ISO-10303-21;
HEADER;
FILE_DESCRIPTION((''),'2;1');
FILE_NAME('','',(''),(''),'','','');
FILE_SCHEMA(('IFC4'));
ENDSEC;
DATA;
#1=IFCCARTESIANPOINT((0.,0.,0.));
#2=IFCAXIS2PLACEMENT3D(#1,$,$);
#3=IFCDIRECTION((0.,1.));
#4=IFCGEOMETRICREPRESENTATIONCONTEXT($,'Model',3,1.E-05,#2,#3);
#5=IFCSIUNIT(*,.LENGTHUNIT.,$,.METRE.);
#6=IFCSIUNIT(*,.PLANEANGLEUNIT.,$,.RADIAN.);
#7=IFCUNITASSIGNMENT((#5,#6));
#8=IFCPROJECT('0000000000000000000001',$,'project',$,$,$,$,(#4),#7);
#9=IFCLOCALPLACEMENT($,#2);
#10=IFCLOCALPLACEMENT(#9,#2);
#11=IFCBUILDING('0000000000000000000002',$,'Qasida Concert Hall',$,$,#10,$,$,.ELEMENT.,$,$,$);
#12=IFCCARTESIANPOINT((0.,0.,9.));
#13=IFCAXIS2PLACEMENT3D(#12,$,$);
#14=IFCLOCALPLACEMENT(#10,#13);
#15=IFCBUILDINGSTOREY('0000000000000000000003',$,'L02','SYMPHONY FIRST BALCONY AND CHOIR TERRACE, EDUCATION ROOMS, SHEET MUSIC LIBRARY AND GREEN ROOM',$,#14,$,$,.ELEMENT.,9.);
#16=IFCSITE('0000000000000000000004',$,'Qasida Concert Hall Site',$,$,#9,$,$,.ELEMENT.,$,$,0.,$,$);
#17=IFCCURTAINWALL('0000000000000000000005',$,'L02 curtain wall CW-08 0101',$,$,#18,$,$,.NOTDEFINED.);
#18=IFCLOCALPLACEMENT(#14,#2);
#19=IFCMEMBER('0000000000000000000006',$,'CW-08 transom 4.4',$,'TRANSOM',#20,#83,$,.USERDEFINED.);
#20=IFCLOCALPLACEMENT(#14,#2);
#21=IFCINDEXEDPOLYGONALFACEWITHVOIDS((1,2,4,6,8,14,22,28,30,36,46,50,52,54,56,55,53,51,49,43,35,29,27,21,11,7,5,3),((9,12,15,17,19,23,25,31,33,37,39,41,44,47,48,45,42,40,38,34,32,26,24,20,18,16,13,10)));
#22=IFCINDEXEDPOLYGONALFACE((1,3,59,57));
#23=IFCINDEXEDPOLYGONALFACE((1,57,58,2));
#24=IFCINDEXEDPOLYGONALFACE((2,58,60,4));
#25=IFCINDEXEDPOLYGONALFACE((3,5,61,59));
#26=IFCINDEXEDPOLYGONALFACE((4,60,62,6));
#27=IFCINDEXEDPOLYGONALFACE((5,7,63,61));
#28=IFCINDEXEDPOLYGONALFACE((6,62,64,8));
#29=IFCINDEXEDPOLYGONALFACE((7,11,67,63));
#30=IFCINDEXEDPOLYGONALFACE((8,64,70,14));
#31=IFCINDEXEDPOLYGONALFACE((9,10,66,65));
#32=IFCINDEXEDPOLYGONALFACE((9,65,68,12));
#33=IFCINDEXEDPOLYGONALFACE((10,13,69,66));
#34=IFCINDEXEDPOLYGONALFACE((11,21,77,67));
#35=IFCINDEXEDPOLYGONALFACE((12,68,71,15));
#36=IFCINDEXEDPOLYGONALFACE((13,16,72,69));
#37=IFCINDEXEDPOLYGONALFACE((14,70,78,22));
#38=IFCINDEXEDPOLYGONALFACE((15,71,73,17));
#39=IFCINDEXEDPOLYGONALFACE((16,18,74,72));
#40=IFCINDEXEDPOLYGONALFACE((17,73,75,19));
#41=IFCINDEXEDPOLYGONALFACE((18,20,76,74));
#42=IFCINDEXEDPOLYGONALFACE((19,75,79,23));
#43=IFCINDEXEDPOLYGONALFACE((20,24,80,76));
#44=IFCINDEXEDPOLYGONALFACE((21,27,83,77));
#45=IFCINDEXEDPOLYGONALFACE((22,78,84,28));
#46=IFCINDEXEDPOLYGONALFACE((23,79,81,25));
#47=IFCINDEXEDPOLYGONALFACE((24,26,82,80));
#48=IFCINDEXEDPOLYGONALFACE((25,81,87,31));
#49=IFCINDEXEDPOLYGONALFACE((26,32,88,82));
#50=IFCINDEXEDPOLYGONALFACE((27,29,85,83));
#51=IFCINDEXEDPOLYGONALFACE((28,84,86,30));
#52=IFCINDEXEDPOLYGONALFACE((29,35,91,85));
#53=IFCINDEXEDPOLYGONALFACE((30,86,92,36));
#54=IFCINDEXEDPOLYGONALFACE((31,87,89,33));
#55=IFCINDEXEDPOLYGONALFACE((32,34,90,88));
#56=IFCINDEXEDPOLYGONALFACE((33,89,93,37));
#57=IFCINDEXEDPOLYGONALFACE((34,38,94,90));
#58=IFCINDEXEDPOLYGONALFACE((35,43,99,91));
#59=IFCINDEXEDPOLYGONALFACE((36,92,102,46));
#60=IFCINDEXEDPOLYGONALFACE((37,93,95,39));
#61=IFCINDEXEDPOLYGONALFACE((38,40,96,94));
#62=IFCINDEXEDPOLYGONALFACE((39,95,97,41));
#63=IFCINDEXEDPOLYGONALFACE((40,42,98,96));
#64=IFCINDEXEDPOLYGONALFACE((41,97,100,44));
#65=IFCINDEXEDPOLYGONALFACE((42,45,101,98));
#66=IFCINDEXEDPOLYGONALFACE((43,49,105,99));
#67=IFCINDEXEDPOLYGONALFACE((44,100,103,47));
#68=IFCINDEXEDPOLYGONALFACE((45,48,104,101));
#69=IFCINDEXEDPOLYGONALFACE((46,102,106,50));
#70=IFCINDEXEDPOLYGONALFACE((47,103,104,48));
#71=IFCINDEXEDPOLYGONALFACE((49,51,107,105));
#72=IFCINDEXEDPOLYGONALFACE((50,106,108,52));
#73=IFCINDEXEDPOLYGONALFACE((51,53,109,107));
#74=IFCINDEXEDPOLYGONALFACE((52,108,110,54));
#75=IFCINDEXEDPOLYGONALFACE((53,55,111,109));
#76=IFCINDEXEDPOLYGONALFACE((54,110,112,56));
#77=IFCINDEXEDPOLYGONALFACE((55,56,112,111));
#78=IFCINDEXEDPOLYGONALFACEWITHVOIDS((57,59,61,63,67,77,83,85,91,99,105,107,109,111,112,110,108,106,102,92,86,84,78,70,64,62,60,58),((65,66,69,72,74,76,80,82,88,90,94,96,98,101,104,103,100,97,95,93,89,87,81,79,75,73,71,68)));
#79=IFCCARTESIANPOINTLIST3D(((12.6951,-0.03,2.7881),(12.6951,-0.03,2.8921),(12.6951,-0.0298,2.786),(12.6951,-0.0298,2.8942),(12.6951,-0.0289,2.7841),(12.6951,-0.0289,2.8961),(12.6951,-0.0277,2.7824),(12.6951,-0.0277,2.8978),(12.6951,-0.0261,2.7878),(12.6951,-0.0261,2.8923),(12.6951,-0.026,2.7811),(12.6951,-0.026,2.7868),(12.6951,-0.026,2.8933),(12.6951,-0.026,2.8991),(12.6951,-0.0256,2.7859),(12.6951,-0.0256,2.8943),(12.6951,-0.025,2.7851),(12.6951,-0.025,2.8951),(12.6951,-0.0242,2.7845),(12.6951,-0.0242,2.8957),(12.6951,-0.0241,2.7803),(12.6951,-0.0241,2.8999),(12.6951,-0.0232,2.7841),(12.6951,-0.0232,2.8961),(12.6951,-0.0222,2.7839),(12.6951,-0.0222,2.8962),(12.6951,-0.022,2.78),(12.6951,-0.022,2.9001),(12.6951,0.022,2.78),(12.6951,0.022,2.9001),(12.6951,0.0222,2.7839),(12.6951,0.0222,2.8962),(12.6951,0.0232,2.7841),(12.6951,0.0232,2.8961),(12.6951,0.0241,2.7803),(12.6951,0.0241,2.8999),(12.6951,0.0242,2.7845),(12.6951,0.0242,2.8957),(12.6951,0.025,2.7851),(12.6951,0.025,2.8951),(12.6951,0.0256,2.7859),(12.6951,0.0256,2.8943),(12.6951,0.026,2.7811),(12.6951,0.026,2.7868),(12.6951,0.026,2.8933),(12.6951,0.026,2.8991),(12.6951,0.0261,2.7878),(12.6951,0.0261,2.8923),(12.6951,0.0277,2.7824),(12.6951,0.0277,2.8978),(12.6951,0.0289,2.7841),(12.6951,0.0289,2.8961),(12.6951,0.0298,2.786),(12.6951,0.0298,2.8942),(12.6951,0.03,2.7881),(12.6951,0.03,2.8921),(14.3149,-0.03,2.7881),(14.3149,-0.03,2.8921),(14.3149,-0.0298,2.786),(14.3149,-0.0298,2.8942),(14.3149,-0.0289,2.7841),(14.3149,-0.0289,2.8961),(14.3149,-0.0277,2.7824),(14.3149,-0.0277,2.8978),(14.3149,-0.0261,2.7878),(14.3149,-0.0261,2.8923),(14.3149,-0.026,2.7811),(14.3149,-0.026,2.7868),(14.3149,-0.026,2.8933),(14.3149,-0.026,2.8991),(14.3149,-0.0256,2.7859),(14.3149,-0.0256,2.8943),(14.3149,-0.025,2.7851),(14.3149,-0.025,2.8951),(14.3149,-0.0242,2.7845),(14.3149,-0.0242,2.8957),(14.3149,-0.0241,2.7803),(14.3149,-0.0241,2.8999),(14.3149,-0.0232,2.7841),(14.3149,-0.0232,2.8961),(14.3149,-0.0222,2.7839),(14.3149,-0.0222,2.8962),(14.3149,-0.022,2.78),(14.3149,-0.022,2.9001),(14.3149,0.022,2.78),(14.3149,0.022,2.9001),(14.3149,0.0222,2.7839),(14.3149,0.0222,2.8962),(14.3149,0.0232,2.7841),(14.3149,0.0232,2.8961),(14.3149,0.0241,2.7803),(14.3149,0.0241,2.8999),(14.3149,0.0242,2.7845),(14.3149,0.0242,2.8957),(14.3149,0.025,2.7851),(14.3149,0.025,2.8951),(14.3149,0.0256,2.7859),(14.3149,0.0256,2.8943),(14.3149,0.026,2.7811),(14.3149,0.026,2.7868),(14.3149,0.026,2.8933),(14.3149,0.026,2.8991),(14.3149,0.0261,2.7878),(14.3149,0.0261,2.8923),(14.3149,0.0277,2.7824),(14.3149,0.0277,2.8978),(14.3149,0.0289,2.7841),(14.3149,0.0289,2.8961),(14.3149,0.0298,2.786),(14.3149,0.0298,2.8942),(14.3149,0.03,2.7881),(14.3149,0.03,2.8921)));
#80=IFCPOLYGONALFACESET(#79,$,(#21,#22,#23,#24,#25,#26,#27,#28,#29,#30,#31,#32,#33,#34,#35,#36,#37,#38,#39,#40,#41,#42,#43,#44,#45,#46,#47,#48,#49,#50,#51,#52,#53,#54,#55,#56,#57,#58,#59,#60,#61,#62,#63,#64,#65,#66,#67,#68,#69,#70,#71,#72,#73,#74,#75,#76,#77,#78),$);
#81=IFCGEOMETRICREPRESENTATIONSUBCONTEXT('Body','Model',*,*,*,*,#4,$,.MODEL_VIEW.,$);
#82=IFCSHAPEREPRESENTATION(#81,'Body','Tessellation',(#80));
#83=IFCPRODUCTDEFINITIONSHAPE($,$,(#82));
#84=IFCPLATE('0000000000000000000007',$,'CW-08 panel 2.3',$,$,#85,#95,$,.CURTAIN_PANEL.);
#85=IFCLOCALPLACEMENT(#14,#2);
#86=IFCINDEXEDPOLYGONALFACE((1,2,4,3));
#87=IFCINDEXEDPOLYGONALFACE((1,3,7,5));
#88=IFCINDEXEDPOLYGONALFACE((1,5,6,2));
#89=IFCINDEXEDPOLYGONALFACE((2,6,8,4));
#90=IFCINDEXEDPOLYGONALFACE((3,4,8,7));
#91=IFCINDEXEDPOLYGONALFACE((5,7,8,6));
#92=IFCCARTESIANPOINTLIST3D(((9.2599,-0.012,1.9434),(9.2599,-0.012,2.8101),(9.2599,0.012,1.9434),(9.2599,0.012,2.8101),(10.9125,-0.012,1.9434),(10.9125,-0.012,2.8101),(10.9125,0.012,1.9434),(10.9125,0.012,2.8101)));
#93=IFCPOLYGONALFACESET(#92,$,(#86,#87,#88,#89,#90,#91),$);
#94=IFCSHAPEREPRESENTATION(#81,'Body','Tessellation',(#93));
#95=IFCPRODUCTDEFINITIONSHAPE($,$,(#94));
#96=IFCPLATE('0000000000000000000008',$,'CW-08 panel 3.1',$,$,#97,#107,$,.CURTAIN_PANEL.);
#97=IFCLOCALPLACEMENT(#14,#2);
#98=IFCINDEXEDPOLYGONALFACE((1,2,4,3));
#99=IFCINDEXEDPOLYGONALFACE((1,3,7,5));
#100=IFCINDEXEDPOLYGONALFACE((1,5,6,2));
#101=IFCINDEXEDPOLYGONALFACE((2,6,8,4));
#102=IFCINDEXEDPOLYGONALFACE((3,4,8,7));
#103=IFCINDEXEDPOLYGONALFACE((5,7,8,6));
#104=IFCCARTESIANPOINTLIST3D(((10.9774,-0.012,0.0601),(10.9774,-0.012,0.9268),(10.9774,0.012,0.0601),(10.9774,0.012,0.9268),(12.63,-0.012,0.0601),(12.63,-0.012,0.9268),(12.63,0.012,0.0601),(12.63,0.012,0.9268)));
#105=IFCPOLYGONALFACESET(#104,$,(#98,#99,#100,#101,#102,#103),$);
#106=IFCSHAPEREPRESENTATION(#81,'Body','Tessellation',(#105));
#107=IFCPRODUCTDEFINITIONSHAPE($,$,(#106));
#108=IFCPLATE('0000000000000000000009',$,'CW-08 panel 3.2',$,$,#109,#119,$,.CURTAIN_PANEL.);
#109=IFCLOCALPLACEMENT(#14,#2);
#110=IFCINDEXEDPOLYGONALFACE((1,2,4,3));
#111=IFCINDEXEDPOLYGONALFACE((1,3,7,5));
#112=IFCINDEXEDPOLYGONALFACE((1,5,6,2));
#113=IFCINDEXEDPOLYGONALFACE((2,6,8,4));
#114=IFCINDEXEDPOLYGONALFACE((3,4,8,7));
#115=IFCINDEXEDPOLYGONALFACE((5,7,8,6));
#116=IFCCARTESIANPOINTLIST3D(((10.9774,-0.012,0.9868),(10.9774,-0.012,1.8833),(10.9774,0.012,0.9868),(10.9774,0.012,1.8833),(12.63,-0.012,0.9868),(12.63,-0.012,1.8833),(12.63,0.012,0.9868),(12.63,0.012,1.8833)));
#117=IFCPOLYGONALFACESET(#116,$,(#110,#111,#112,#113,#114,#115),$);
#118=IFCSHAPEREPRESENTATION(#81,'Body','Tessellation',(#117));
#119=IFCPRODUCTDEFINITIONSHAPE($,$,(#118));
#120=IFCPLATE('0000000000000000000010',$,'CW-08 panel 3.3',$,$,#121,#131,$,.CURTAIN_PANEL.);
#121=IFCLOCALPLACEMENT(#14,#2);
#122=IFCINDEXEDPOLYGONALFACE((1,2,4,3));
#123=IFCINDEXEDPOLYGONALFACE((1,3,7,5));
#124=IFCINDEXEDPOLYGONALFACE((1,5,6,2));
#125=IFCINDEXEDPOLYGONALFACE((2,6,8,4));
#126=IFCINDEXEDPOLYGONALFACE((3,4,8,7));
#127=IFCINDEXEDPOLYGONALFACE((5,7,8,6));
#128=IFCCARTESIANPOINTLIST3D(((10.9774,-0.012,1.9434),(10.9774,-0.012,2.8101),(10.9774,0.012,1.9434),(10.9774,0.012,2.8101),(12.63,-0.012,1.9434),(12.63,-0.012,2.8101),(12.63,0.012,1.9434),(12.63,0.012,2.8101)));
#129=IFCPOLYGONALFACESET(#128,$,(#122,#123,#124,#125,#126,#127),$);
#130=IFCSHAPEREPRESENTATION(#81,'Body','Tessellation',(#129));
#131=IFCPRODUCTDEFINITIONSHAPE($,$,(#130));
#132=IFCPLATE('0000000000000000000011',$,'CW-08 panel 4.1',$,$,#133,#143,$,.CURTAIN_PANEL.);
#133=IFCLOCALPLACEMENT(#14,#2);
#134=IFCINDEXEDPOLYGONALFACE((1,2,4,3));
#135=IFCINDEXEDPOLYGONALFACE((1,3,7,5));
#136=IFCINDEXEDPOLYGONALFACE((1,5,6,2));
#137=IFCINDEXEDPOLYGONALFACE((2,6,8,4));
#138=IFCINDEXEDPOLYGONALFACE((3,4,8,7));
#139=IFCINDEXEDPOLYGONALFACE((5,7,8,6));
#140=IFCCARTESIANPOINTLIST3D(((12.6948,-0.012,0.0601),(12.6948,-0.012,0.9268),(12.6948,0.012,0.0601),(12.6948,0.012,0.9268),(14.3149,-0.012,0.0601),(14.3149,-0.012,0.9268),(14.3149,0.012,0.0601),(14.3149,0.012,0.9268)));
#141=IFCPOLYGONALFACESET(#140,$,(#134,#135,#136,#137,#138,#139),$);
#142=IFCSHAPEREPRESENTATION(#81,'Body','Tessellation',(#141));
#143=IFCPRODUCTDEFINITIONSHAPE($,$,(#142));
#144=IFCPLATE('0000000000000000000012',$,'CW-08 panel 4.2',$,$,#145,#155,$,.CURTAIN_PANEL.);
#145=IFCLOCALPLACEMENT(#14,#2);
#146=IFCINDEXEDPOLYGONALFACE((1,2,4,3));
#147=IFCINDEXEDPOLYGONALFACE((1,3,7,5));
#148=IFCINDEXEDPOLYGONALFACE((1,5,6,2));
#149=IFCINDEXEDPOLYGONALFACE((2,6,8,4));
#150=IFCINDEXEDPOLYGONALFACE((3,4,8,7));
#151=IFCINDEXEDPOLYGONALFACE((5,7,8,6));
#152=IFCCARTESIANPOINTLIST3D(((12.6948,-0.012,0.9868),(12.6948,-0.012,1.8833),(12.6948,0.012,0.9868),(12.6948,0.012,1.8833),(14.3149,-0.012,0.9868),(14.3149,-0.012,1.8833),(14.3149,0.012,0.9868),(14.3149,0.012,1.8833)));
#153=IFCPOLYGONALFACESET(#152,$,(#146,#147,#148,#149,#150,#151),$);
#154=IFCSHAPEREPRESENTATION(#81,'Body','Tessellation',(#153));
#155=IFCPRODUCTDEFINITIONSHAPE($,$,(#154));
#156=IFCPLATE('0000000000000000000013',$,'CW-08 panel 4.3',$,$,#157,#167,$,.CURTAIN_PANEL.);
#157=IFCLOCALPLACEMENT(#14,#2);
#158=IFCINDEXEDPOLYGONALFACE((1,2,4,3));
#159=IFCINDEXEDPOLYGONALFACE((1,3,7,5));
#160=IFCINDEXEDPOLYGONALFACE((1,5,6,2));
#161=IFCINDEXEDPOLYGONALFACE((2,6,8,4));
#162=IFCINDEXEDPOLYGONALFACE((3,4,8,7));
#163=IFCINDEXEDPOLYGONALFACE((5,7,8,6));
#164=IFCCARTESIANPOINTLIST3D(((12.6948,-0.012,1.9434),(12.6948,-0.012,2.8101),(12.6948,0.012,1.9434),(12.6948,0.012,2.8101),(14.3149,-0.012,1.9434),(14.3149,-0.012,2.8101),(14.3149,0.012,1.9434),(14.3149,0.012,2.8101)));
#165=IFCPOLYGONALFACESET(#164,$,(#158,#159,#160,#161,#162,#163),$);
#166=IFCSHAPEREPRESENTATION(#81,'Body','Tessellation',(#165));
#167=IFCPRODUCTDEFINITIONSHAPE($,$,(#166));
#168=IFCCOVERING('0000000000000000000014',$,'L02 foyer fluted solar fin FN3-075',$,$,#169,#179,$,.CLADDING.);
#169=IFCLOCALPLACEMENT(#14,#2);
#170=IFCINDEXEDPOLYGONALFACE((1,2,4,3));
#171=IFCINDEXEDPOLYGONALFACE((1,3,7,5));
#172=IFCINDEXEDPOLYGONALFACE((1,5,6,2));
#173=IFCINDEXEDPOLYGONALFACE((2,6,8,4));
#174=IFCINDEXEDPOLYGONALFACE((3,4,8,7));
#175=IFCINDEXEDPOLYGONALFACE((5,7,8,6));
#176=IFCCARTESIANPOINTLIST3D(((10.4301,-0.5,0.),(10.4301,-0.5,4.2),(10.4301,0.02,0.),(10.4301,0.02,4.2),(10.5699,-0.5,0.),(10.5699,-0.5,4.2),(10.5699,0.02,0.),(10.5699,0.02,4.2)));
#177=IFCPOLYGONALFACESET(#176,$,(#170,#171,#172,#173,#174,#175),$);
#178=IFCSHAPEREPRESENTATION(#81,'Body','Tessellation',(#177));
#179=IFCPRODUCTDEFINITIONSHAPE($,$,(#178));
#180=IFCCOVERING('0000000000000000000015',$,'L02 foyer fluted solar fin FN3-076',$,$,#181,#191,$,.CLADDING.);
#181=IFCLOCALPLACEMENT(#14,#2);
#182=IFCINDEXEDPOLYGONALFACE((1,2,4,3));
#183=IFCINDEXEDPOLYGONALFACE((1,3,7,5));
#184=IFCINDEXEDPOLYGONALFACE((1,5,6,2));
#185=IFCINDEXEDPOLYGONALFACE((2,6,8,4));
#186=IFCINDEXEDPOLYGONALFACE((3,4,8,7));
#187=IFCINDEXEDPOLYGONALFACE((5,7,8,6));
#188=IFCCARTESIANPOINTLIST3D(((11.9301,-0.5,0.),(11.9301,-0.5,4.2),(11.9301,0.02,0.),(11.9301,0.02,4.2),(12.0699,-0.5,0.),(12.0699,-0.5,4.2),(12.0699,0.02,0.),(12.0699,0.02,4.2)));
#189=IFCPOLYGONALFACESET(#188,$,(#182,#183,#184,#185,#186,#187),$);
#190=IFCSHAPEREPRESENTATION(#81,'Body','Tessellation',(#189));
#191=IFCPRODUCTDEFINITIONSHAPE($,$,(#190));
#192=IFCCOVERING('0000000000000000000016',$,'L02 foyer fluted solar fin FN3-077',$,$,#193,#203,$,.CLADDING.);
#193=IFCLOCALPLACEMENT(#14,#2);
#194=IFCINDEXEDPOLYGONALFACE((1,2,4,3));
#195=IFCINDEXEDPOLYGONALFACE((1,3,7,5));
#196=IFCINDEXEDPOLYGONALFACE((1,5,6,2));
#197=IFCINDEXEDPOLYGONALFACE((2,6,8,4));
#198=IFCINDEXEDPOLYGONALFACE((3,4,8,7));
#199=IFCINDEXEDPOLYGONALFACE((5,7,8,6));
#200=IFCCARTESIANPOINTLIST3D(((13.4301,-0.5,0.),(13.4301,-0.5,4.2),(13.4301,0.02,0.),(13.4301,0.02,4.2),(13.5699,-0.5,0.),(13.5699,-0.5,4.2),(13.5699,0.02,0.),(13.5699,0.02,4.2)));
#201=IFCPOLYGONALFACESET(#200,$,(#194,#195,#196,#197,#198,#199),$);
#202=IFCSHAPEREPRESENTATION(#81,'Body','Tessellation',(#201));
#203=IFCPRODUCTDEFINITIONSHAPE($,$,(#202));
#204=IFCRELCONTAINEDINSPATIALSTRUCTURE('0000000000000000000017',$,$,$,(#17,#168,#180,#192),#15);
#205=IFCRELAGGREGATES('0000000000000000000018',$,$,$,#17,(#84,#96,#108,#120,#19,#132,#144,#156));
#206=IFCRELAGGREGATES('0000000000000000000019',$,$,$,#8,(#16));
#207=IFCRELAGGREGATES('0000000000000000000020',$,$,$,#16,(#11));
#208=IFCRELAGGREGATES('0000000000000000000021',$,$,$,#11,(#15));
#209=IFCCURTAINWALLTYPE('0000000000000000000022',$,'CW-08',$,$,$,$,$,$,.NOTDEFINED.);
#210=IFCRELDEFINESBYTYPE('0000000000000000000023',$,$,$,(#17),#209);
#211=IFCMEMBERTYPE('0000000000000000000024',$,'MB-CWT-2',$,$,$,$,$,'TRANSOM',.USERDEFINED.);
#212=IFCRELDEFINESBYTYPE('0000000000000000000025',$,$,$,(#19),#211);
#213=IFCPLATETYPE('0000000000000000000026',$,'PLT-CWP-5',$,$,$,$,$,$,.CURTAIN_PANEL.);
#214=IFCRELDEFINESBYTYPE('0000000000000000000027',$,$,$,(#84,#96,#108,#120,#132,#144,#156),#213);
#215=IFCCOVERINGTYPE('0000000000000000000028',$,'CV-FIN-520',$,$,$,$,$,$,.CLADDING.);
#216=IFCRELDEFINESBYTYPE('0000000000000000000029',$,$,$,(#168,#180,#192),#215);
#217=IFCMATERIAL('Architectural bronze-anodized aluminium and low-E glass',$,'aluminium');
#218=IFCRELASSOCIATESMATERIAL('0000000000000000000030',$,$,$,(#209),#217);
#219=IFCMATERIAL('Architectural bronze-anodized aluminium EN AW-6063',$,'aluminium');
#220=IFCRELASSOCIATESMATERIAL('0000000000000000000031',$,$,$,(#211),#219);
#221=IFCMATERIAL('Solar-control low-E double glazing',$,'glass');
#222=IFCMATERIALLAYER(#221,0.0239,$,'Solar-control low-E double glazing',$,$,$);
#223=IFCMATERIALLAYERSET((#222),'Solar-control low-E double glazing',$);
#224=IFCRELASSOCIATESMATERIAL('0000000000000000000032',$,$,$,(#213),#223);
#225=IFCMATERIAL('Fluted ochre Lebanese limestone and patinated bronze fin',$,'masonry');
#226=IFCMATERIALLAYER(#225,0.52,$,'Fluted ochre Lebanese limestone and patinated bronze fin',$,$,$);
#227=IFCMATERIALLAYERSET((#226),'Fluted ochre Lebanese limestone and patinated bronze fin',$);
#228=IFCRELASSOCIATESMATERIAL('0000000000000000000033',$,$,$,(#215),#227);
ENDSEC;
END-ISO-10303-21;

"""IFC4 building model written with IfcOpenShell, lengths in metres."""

from ifc_helpers import new_model, si_unit, direction, frame, origin, origin_2d, place, context, subcontext, project, spatial, rectangle, hollow_rectangle, extrude, material, layer, layer_set, material_profile, profile_set, type_object, element, aggregate, save


model = new_model("IFC4")

# Units and contexts
model_context = context("Model", 3, precision=1e-05, world=origin(), true_north=direction((0.0, 1.0)))
body_context = subcontext(model_context, "Body", "Model", "MODEL_VIEW")
ifc_project = project(units=[si_unit("LENGTHUNIT", "METRE"), si_unit("PLANEANGLEUNIT", "RADIAN")], contexts=[model_context])

# Site, building, storey
site_placement = place(None, origin())
site = spatial("IfcSite", under=ifc_project, at=site_placement, Name="Qasida Concert Hall Site", CompositionType="ELEMENT", RefElevation=0.0)
building_placement = place(site_placement, origin())
building = spatial("IfcBuilding", under=site, at=building_placement, Name="Qasida Concert Hall", CompositionType="ELEMENT")
storey_placement = place(building_placement, frame((0.0, 0.0, 9.0)))
storey = spatial("IfcBuildingStorey", under=building, at=storey_placement, Name="L02", Description="SYMPHONY FIRST BALCONY AND CHOIR TERRACE, EDUCATION ROOMS, SHEET MUSIC LIBRARY AND GREEN ROOM", CompositionType="ELEMENT", Elevation=9.0)

# Curtain wall, member, plates
ifc_material_1 = material(Name="Architectural bronze-anodized aluminium and low-E glass", Category="aluminium")
curtain_wall_type = type_object("IfcCurtainWallType", Name="CW-08", PredefinedType="NOTDEFINED", material=ifc_material_1)
curtain_wall_placement = place(storey_placement, origin())
curtain_wall = element("IfcCurtainWall", 1, at=curtain_wall_placement, inside=storey, type_object=curtain_wall_type, Name="L02 curtain wall CW-08 0101", PredefinedType="NOTDEFINED")
ifc_material_2 = material(Name="Architectural bronze-anodized aluminium EN AW-6063", Category="aluminium")
ifc_material_profile_1 = material_profile(ifc_material_2, hollow_rectangle(XDim=0.0601, YDim=0.1201, WallThickness=0.0039, InnerFilletRadius=0.0039, OuterFilletRadius=0.0081, at=origin_2d()), Name="CWT 120x60x4")
ifc_profile_set_1 = profile_set([ifc_material_profile_1], Name="Architectural bronze-anodized aluminium EN AW-6063")
member_type_1 = type_object("IfcMemberType", Name="MB-CWT-2", ElementType="TRANSOM", PredefinedType="USERDEFINED", material=ifc_profile_set_1)
member_1_placement = place(storey_placement, frame((12.6951, 0.0, 2.8401), z_axis=(1.0, 0.0, 0.0), x_axis=(0.0, 1.0, 0.0)))
member_1 = element("IfcMember", 2, at=member_1_placement, type_object=member_type_1, Name="CW-08 transom 4.4", ObjectType="TRANSOM", PredefinedType="USERDEFINED", context=body_context, shape_type="SweptSolid", body=[
    extrude(hollow_rectangle(XDim=0.0601, YDim=0.1201, WallThickness=0.0039, InnerFilletRadius=0.0039, OuterFilletRadius=0.0081, at=origin_2d()), origin(), (0.0, 0.0, 1.0), 1.6199),
])
ifc_material_3 = material(Name="Solar-control low-E double glazing", Category="glass")
ifc_layer_1 = layer(ifc_material_3, 0.0239, Name="Solar-control low-E double glazing")
ifc_layer_set_1 = layer_set([ifc_layer_1], Name="Solar-control low-E double glazing")
plate_type = type_object("IfcPlateType", Name="PLT-CWP-5", PredefinedType="CURTAIN_PANEL", material=ifc_layer_set_1)
plate_1_placement = place(storey_placement, frame((10.0862, 0.0, 1.9434), z_axis=(0.0, 0.0, 1.0), x_axis=(1.0, 0.0, 0.0)))
plate_1 = element("IfcPlate", 3, at=plate_1_placement, type_object=plate_type, Name="CW-08 panel 2.3", PredefinedType="CURTAIN_PANEL", context=body_context, shape_type="SweptSolid", body=[
    extrude(rectangle(XDim=1.6526, YDim=0.0239, at=origin_2d()), origin(), (0.0, 0.0, 1.0), 0.8667),
])
plate_2_placement = place(storey_placement, frame((11.8037, 0.0, 0.0601), z_axis=(0.0, 0.0, 1.0), x_axis=(1.0, 0.0, 0.0)))
plate_2 = element("IfcPlate", 4, at=plate_2_placement, type_object=plate_type, Name="CW-08 panel 3.1", PredefinedType="CURTAIN_PANEL", context=body_context, shape_type="SweptSolid", body=[
    extrude(rectangle(XDim=1.6526, YDim=0.0239, at=origin_2d()), origin(), (0.0, 0.0, 1.0), 0.8667),
])
plate_3_placement = place(storey_placement, frame((11.8037, 0.0, 0.9868), z_axis=(0.0, 0.0, 1.0), x_axis=(1.0, 0.0, 0.0)))
plate_3 = element("IfcPlate", 5, at=plate_3_placement, type_object=plate_type, Name="CW-08 panel 3.2", PredefinedType="CURTAIN_PANEL", context=body_context, shape_type="SweptSolid", body=[
    extrude(rectangle(XDim=1.6526, YDim=0.0239, at=origin_2d()), origin(), (0.0, 0.0, 1.0), 0.8965),
])
plate_4_placement = place(storey_placement, frame((11.8037, 0.0, 1.9434), z_axis=(0.0, 0.0, 1.0), x_axis=(1.0, 0.0, 0.0)))
plate_4 = element("IfcPlate", 6, at=plate_4_placement, type_object=plate_type, Name="CW-08 panel 3.3", PredefinedType="CURTAIN_PANEL", context=body_context, shape_type="SweptSolid", body=[
    extrude(rectangle(XDim=1.6526, YDim=0.0239, at=origin_2d()), origin(), (0.0, 0.0, 1.0), 0.8667),
])
plate_5_placement = place(storey_placement, frame((13.5049, 0.0, 0.0601), z_axis=(0.0, 0.0, 1.0), x_axis=(1.0, 0.0, 0.0)))
plate_5 = element("IfcPlate", 7, at=plate_5_placement, type_object=plate_type, Name="CW-08 panel 4.1", PredefinedType="CURTAIN_PANEL", context=body_context, shape_type="SweptSolid", body=[
    extrude(rectangle(XDim=1.6201, YDim=0.0239, at=origin_2d()), origin(), (0.0, 0.0, 1.0), 0.8667),
])
plate_6_placement = place(storey_placement, frame((13.5049, 0.0, 0.9868), z_axis=(0.0, 0.0, 1.0), x_axis=(1.0, 0.0, 0.0)))
plate_6 = element("IfcPlate", 8, at=plate_6_placement, type_object=plate_type, Name="CW-08 panel 4.2", PredefinedType="CURTAIN_PANEL", context=body_context, shape_type="SweptSolid", body=[
    extrude(rectangle(XDim=1.6201, YDim=0.0239, at=origin_2d()), origin(), (0.0, 0.0, 1.0), 0.8965),
])
plate_7_placement = place(storey_placement, frame((13.5049, 0.0, 1.9434), z_axis=(0.0, 0.0, 1.0), x_axis=(1.0, 0.0, 0.0)))
plate_7 = element("IfcPlate", 9, at=plate_7_placement, type_object=plate_type, Name="CW-08 panel 4.3", PredefinedType="CURTAIN_PANEL", context=body_context, shape_type="SweptSolid", body=[
    extrude(rectangle(XDim=1.6201, YDim=0.0239, at=origin_2d()), origin(), (0.0, 0.0, 1.0), 0.8667),
])
aggregate(curtain_wall, [plate_1, plate_2, plate_3, plate_4, member_1, plate_5, plate_6, plate_7])

# Coverings
ifc_material_4 = material(Name="Fluted ochre Lebanese limestone and patinated bronze fin", Category="masonry")
ifc_layer_2 = layer(ifc_material_4, 0.52, Name="Fluted ochre Lebanese limestone and patinated bronze fin")
ifc_layer_set_2 = layer_set([ifc_layer_2], Name="Fluted ochre Lebanese limestone and patinated bronze fin")
covering_type_1 = type_object("IfcCoveringType", Name="CV-FIN-520", PredefinedType="CLADDING", material=ifc_layer_set_2)
for number, where, z_axis, x_axis, name in (
    (10, (10.5, -0.24, 0.0), (0.0, 0.0, 1.0), (1.0, 0.0, 0.0), "L02 foyer fluted solar fin FN3-075"),
    (11, (12.0, -0.24, 0.0), (0.0, 0.0, 1.0), (1.0, 0.0, 0.0), "L02 foyer fluted solar fin FN3-076"),
    (12, (13.5, -0.24, 0.0), (0.0, 0.0, 1.0), (1.0, 0.0, 0.0), "L02 foyer fluted solar fin FN3-077"),
):
    element("IfcCovering", number, at=place(storey_placement, frame(where, z_axis=z_axis, x_axis=x_axis)), inside=storey, type_object=covering_type_1, Name=name, PredefinedType="CLADDING", context=body_context, shape_type="SweptSolid", body=[
        extrude(rectangle(XDim=0.1399, YDim=0.52, at=origin_2d()), origin(), (0.0, 0.0, 1.0), 4.2),
    ])

save(model, "model.ifc")
